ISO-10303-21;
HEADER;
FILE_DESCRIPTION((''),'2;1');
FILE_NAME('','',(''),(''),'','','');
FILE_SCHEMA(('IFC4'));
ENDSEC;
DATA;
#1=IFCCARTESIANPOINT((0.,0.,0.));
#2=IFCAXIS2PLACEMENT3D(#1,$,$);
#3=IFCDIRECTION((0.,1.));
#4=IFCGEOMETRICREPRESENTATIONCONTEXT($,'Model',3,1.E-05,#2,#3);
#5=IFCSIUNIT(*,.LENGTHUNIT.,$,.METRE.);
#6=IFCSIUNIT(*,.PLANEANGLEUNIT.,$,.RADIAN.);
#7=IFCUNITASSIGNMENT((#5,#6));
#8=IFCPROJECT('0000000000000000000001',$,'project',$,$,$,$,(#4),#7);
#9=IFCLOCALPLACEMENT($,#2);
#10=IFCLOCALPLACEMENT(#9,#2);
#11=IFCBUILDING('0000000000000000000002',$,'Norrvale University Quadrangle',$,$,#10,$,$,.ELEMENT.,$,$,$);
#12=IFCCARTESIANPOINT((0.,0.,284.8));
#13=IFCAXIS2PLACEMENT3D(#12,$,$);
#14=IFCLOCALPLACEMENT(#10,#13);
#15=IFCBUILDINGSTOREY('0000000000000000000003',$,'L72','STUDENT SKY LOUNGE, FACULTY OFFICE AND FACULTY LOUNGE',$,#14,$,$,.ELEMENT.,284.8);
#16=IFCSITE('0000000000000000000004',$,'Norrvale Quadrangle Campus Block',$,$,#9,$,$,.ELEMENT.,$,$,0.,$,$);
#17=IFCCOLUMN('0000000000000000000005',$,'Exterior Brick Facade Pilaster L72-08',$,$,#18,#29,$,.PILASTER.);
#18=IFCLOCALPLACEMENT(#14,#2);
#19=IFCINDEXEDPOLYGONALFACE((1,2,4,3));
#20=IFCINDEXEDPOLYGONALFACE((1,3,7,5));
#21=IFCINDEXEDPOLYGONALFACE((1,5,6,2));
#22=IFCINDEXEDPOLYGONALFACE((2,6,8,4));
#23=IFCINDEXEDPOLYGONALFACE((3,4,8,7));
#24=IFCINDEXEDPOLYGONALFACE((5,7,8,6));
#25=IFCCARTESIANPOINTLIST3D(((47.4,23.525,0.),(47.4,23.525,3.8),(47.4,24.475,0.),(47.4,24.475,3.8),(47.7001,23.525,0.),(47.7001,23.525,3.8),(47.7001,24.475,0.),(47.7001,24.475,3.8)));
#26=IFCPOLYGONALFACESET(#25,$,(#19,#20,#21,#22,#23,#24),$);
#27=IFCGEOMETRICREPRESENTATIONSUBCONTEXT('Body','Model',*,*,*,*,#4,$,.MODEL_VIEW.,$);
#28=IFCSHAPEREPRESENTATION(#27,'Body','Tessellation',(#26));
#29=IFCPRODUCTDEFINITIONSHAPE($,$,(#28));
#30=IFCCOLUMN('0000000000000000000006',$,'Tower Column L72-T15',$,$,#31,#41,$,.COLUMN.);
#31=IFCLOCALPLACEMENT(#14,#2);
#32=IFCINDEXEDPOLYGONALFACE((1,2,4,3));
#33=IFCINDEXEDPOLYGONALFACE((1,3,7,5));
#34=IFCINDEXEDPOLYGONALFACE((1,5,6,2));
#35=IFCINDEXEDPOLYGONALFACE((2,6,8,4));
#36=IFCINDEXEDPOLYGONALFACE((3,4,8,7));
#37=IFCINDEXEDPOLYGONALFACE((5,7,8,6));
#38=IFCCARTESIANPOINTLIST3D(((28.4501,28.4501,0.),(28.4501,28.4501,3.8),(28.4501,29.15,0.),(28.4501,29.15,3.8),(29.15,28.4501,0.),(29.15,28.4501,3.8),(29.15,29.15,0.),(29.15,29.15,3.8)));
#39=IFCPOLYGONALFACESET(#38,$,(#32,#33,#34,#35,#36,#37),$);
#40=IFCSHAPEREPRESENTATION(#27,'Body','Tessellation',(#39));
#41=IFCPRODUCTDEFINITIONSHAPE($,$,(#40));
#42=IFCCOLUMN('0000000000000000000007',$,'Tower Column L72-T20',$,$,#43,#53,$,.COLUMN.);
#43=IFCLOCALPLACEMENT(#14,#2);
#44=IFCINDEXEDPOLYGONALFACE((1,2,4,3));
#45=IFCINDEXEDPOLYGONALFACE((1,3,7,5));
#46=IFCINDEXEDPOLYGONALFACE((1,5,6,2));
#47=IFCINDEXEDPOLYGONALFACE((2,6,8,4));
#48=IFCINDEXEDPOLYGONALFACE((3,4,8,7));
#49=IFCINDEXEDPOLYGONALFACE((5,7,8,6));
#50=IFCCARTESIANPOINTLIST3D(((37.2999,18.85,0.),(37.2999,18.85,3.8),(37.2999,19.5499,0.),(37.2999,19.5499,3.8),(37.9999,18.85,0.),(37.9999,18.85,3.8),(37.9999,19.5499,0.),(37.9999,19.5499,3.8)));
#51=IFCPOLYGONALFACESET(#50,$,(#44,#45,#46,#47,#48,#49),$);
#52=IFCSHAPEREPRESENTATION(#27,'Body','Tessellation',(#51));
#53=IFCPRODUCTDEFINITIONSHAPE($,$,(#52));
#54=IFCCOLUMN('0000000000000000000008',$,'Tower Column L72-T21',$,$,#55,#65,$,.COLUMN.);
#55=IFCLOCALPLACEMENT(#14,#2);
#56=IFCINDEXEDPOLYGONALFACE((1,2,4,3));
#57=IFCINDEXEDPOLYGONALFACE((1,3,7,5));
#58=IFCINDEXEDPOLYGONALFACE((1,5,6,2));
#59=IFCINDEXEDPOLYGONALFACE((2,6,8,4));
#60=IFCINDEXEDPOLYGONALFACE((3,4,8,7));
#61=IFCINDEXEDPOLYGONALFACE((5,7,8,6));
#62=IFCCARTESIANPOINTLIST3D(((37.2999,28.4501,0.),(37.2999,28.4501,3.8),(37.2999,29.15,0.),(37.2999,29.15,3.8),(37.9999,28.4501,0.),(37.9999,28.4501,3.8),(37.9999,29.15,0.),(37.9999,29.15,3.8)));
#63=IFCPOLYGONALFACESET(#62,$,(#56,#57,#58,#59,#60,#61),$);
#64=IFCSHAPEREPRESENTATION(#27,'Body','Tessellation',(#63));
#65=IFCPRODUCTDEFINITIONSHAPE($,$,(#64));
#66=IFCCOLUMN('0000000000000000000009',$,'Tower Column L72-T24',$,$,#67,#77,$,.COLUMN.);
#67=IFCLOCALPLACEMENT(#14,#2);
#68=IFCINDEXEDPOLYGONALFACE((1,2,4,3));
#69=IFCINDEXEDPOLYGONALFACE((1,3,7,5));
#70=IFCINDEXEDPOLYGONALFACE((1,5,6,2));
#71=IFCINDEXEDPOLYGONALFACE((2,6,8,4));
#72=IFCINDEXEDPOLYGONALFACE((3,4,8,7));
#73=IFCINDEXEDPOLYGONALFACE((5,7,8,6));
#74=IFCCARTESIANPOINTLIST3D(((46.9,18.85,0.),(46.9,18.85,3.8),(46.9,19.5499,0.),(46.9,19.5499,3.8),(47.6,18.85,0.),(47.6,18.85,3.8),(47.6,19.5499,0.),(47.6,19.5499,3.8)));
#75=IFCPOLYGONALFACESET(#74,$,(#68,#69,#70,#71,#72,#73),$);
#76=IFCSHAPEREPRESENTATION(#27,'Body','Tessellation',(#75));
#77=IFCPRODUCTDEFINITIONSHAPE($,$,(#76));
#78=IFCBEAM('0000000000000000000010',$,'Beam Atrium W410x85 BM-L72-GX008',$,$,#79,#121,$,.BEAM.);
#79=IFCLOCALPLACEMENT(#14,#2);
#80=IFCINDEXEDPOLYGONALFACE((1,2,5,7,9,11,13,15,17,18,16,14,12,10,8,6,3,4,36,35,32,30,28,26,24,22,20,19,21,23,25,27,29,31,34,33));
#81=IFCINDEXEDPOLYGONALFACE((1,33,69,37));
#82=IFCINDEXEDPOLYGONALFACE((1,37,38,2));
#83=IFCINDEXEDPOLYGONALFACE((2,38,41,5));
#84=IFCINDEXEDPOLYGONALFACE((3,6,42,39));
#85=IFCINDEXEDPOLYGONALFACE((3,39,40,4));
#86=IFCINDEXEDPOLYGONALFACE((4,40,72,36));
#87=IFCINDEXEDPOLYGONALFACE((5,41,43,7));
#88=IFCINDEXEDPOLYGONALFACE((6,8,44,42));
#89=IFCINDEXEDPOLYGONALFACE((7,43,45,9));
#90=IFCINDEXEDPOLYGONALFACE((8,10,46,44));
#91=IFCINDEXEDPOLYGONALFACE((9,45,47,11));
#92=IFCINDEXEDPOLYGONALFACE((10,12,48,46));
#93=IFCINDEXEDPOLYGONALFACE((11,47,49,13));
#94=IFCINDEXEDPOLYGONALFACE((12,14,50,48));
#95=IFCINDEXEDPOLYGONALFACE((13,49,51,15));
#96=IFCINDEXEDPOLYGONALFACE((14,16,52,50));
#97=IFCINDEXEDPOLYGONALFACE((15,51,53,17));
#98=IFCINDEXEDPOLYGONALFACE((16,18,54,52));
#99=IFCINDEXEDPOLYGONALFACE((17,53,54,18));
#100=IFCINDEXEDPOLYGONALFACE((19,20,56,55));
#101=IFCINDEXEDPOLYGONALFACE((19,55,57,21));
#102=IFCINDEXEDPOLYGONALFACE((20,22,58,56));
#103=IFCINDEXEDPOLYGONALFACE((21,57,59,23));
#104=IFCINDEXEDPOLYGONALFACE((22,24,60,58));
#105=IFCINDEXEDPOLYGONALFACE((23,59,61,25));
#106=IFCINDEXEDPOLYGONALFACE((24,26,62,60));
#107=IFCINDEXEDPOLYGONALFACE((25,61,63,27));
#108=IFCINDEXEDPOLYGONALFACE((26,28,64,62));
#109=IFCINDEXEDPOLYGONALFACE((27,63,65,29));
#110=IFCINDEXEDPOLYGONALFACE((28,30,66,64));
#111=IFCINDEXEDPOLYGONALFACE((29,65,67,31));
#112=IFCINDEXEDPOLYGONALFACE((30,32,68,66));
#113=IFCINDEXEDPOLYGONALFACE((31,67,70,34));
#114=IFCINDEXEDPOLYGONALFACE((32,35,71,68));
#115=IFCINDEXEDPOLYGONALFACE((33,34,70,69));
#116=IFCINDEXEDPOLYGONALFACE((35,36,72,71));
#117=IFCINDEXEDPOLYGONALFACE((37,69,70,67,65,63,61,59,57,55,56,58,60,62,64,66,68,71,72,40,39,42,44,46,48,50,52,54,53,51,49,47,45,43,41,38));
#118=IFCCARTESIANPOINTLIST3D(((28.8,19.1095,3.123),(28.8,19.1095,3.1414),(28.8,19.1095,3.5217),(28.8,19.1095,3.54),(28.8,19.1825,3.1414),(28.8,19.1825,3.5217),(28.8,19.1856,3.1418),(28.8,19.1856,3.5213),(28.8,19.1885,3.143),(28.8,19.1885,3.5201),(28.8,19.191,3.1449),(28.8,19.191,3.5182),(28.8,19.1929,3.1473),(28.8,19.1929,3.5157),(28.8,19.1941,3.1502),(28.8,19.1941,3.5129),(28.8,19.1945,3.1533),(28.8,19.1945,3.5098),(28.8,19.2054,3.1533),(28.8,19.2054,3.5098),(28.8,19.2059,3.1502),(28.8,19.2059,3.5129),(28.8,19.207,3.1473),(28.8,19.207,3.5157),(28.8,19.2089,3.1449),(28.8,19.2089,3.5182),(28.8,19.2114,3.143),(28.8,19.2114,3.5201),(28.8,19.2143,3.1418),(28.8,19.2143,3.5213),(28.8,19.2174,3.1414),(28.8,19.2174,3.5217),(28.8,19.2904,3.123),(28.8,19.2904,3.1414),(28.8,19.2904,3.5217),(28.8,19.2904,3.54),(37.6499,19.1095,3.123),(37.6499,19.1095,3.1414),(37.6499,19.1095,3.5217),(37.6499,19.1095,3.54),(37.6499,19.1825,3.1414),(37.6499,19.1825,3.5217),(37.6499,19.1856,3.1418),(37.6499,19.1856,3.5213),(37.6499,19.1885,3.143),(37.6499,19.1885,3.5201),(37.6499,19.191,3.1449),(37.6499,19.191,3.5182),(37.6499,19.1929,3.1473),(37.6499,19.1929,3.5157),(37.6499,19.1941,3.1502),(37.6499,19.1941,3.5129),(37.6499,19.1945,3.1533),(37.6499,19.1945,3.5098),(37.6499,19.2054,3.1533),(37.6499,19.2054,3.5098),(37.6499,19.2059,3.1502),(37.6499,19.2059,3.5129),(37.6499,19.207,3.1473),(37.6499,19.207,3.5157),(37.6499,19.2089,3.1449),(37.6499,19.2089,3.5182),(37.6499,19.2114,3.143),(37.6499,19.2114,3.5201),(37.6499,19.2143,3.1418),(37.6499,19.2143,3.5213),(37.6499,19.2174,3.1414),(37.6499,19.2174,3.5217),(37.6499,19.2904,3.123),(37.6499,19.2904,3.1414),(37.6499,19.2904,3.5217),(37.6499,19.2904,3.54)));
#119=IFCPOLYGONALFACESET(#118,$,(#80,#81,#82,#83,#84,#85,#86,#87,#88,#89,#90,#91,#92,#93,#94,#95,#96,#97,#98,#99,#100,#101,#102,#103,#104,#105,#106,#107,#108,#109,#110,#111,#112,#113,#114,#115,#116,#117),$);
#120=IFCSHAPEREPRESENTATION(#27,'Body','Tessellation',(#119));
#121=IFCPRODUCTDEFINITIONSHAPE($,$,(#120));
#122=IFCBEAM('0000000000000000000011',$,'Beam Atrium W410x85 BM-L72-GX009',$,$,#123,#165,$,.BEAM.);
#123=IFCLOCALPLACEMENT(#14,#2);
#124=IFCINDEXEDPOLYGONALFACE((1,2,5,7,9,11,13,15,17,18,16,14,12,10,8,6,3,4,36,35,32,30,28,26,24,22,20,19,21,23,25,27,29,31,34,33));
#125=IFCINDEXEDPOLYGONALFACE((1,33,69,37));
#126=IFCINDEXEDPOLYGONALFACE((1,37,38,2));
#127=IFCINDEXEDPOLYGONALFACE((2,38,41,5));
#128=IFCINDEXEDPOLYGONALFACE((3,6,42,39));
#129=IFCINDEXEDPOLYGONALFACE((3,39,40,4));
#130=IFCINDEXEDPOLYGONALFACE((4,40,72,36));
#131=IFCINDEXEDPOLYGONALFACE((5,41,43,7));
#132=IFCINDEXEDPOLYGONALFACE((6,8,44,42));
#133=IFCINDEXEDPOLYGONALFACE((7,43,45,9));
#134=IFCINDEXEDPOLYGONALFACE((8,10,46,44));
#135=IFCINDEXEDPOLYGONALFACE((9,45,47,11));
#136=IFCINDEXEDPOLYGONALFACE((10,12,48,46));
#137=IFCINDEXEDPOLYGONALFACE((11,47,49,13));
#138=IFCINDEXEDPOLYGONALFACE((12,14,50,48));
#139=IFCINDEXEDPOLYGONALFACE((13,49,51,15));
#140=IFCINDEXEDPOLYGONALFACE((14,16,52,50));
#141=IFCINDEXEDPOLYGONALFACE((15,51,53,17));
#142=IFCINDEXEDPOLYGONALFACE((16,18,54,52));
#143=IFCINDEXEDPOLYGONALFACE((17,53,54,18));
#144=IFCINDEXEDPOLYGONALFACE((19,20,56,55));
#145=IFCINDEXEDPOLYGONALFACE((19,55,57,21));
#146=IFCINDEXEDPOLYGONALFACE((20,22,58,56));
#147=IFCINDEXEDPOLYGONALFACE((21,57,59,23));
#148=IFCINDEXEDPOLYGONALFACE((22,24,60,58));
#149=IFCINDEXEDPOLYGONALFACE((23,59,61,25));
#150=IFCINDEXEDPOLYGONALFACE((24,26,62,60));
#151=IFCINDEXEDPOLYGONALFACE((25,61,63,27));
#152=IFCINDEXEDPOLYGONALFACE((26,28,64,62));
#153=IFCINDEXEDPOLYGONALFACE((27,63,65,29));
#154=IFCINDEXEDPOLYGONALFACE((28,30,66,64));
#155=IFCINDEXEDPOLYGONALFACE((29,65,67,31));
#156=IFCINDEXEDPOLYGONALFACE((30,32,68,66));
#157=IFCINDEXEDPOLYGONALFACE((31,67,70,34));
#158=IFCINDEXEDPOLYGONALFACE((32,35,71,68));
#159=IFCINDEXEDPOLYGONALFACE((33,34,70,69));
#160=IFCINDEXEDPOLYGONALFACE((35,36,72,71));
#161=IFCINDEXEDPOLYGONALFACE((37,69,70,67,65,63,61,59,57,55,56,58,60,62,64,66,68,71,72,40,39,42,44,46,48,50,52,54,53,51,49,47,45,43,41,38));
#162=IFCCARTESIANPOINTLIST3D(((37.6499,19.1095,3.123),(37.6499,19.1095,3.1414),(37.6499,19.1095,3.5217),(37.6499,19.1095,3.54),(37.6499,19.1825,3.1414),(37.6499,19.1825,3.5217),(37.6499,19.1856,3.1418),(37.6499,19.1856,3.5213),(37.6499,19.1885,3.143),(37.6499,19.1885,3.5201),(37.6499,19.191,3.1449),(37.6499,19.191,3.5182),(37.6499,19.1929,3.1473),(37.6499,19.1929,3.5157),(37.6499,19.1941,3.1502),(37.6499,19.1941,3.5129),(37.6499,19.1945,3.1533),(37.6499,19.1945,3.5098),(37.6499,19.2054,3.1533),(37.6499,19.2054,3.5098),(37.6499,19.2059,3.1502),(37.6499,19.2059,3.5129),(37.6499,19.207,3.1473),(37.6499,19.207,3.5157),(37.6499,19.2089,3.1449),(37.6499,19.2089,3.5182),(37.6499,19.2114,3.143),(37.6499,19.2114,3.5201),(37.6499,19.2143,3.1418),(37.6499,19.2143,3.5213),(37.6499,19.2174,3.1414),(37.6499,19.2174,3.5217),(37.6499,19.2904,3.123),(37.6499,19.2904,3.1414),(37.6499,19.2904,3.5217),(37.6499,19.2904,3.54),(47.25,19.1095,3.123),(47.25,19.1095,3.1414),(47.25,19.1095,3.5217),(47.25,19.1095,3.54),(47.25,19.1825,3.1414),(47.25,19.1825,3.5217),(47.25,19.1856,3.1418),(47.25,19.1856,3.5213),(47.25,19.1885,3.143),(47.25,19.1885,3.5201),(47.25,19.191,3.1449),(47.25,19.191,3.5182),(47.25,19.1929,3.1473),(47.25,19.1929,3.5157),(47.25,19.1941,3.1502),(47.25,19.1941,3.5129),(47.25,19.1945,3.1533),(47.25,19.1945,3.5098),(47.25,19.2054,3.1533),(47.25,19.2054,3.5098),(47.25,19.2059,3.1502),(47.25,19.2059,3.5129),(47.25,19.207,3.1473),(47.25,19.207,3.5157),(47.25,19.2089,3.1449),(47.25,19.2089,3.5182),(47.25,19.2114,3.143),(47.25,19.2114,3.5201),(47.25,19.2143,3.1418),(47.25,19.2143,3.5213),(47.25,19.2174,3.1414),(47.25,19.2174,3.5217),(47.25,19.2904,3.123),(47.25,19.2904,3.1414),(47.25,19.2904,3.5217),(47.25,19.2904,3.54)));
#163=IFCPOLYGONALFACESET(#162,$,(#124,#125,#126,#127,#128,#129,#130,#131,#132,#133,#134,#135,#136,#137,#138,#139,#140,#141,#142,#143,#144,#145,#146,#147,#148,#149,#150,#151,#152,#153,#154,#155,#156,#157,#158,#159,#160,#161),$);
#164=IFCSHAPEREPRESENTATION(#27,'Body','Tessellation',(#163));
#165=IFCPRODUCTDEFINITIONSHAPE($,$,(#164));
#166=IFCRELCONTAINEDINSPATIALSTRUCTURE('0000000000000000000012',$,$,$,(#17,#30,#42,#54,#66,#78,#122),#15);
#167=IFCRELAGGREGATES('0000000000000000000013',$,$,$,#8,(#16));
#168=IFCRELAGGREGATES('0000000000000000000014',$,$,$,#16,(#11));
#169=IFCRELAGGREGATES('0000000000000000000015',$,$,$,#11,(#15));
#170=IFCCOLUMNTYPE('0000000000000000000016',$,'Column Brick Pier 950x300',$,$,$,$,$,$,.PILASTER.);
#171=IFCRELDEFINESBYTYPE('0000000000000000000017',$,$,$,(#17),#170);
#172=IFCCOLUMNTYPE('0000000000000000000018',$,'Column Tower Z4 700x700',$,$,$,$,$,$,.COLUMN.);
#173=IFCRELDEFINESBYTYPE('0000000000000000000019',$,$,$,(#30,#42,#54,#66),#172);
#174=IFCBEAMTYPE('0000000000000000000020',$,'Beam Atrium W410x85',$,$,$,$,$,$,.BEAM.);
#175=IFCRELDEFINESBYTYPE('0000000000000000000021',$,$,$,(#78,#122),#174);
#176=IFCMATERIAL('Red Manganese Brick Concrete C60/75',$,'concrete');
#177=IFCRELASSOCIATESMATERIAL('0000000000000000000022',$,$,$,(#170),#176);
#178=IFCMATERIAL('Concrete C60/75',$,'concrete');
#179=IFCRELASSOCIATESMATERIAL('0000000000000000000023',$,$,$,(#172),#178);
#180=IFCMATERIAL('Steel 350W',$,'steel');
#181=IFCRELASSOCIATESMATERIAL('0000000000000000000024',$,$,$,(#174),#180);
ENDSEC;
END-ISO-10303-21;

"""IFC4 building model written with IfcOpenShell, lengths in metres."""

from ifc_helpers import new_model, si_unit, direction, frame, origin, origin_2d, place, context, subcontext, project, spatial, rectangle, i_section, extrude, material, material_profile, profile_set, type_object, element, save


model = new_model("IFC4")

# Units and contexts
model_context = context("Model", 3, precision=1e-05, world=origin(), true_north=direction((0.0, 1.0)))
body_context = subcontext(model_context, "Body", "Model", "MODEL_VIEW")
ifc_project = project(units=[si_unit("LENGTHUNIT", "METRE"), si_unit("PLANEANGLEUNIT", "RADIAN")], contexts=[model_context])

# Site, building, storey
site_placement = place(None, origin())
site = spatial("IfcSite", under=ifc_project, at=site_placement, Name="Norrvale Quadrangle Campus Block", CompositionType="ELEMENT", RefElevation=0.0)
building_placement = place(site_placement, origin())
building = spatial("IfcBuilding", under=site, at=building_placement, Name="Norrvale University Quadrangle", CompositionType="ELEMENT")
storey_placement = place(building_placement, frame((0.0, 0.0, 284.8)))
storey = spatial("IfcBuildingStorey", under=building, at=storey_placement, Name="L72", Description="STUDENT SKY LOUNGE, FACULTY OFFICE AND FACULTY LOUNGE", CompositionType="ELEMENT", Elevation=284.8)

# Columns
ifc_material_1 = material(Name="Red Manganese Brick Concrete C60/75", Category="concrete")
ifc_material_profile_1 = material_profile(ifc_material_1, rectangle(XDim=0.95, YDim=0.3, at=origin_2d()), Name="Red Manganese Brick Concrete C60/75")
ifc_profile_set_1 = profile_set([ifc_material_profile_1], Name="Red Manganese Brick Concrete C60/75")
column_type_1 = type_object("IfcColumnType", Name="Column Brick Pier 950x300", PredefinedType="PILASTER", material=ifc_profile_set_1)
column_placement = place(storey_placement, frame((47.55, 24.0, 0.0), z_axis=(0.0, 0.0, 1.0), x_axis=(0.0, 1.0, 0.0)))
element("IfcColumn", 1, at=column_placement, inside=storey, type_object=column_type_1, Name="Exterior Brick Facade Pilaster L72-08", PredefinedType="PILASTER", context=body_context, shape_type="SweptSolid", body=[
    extrude(rectangle(XDim=0.95, YDim=0.3, at=origin_2d()), origin(), (0.0, 0.0, 1.0), 3.8),
])
ifc_material_2 = material(Name="Concrete C60/75", Category="concrete")
ifc_material_profile_2 = material_profile(ifc_material_2, rectangle(XDim=0.7, YDim=0.7, at=origin_2d()), Name="Concrete C60/75")
ifc_profile_set_2 = profile_set([ifc_material_profile_2], Name="Concrete C60/75")
column_type_2 = type_object("IfcColumnType", Name="Column Tower Z4 700x700", PredefinedType="COLUMN", material=ifc_profile_set_2)
for number, where, z_axis, x_axis, name in (
    (2, (28.8, 28.8, 0.0), (0.0, 0.0, 1.0), (1.0, 0.0, 0.0), "Tower Column L72-T15"),
    (3, (37.6499, 19.2, 0.0), (0.0, 0.0, 1.0), (1.0, 0.0, 0.0), "Tower Column L72-T20"),
    (4, (37.6499, 28.8, 0.0), (0.0, 0.0, 1.0), (1.0, 0.0, 0.0), "Tower Column L72-T21"),
    (5, (47.25, 19.2, 0.0), (0.0, 0.0, 1.0), (1.0, 0.0, 0.0), "Tower Column L72-T24"),
):
    element("IfcColumn", number, at=place(storey_placement, frame(where, z_axis=z_axis, x_axis=x_axis)), inside=storey, type_object=column_type_2, Name=name, PredefinedType="COLUMN", context=body_context, shape_type="SweptSolid", body=[
        extrude(rectangle(XDim=0.7, YDim=0.7, at=origin_2d()), origin(), (0.0, 0.0, 1.0), 3.8),
    ])

# Beams
ifc_material_3 = material(Name="Steel 350W", Category="steel")
ifc_material_profile_3 = material_profile(ifc_material_3, i_section(OverallWidth=0.1809, OverallDepth=0.417, WebThickness=0.011, FlangeThickness=0.0183, FilletRadius=0.012, at=origin_2d()), Name="Steel 350W")
ifc_profile_set_3 = profile_set([ifc_material_profile_3], Name="Steel 350W")
beam_type_1 = type_object("IfcBeamType", Name="Beam Atrium W410x85", PredefinedType="BEAM", material=ifc_profile_set_3)
beam_1_placement = place(storey_placement, frame((28.8, 19.2, 3.3315), z_axis=(1.0, 0.0, 0.0), x_axis=(0.0, 1.0, 0.0)))
element("IfcBeam", 6, at=beam_1_placement, inside=storey, type_object=beam_type_1, Name="Beam Atrium W410x85 BM-L72-GX008", PredefinedType="BEAM", context=body_context, shape_type="SweptSolid", body=[
    extrude(i_section(OverallWidth=0.1809, OverallDepth=0.417, WebThickness=0.011, FlangeThickness=0.0183, FilletRadius=0.012, at=origin_2d()), origin(), (0.0, 0.0, 1.0), 8.8499),
])
beam_2_placement = place(storey_placement, frame((37.6499, 19.2, 3.3315), z_axis=(1.0, 0.0, 0.0), x_axis=(0.0, 1.0, 0.0)))
element("IfcBeam", 7, at=beam_2_placement, inside=storey, type_object=beam_type_1, Name="Beam Atrium W410x85 BM-L72-GX009", PredefinedType="BEAM", context=body_context, shape_type="SweptSolid", body=[
    extrude(i_section(OverallWidth=0.1809, OverallDepth=0.417, WebThickness=0.011, FlangeThickness=0.0183, FilletRadius=0.012, at=origin_2d()), origin(), (0.0, 0.0, 1.0), 9.6001),
])

save(model, "model.ifc")
